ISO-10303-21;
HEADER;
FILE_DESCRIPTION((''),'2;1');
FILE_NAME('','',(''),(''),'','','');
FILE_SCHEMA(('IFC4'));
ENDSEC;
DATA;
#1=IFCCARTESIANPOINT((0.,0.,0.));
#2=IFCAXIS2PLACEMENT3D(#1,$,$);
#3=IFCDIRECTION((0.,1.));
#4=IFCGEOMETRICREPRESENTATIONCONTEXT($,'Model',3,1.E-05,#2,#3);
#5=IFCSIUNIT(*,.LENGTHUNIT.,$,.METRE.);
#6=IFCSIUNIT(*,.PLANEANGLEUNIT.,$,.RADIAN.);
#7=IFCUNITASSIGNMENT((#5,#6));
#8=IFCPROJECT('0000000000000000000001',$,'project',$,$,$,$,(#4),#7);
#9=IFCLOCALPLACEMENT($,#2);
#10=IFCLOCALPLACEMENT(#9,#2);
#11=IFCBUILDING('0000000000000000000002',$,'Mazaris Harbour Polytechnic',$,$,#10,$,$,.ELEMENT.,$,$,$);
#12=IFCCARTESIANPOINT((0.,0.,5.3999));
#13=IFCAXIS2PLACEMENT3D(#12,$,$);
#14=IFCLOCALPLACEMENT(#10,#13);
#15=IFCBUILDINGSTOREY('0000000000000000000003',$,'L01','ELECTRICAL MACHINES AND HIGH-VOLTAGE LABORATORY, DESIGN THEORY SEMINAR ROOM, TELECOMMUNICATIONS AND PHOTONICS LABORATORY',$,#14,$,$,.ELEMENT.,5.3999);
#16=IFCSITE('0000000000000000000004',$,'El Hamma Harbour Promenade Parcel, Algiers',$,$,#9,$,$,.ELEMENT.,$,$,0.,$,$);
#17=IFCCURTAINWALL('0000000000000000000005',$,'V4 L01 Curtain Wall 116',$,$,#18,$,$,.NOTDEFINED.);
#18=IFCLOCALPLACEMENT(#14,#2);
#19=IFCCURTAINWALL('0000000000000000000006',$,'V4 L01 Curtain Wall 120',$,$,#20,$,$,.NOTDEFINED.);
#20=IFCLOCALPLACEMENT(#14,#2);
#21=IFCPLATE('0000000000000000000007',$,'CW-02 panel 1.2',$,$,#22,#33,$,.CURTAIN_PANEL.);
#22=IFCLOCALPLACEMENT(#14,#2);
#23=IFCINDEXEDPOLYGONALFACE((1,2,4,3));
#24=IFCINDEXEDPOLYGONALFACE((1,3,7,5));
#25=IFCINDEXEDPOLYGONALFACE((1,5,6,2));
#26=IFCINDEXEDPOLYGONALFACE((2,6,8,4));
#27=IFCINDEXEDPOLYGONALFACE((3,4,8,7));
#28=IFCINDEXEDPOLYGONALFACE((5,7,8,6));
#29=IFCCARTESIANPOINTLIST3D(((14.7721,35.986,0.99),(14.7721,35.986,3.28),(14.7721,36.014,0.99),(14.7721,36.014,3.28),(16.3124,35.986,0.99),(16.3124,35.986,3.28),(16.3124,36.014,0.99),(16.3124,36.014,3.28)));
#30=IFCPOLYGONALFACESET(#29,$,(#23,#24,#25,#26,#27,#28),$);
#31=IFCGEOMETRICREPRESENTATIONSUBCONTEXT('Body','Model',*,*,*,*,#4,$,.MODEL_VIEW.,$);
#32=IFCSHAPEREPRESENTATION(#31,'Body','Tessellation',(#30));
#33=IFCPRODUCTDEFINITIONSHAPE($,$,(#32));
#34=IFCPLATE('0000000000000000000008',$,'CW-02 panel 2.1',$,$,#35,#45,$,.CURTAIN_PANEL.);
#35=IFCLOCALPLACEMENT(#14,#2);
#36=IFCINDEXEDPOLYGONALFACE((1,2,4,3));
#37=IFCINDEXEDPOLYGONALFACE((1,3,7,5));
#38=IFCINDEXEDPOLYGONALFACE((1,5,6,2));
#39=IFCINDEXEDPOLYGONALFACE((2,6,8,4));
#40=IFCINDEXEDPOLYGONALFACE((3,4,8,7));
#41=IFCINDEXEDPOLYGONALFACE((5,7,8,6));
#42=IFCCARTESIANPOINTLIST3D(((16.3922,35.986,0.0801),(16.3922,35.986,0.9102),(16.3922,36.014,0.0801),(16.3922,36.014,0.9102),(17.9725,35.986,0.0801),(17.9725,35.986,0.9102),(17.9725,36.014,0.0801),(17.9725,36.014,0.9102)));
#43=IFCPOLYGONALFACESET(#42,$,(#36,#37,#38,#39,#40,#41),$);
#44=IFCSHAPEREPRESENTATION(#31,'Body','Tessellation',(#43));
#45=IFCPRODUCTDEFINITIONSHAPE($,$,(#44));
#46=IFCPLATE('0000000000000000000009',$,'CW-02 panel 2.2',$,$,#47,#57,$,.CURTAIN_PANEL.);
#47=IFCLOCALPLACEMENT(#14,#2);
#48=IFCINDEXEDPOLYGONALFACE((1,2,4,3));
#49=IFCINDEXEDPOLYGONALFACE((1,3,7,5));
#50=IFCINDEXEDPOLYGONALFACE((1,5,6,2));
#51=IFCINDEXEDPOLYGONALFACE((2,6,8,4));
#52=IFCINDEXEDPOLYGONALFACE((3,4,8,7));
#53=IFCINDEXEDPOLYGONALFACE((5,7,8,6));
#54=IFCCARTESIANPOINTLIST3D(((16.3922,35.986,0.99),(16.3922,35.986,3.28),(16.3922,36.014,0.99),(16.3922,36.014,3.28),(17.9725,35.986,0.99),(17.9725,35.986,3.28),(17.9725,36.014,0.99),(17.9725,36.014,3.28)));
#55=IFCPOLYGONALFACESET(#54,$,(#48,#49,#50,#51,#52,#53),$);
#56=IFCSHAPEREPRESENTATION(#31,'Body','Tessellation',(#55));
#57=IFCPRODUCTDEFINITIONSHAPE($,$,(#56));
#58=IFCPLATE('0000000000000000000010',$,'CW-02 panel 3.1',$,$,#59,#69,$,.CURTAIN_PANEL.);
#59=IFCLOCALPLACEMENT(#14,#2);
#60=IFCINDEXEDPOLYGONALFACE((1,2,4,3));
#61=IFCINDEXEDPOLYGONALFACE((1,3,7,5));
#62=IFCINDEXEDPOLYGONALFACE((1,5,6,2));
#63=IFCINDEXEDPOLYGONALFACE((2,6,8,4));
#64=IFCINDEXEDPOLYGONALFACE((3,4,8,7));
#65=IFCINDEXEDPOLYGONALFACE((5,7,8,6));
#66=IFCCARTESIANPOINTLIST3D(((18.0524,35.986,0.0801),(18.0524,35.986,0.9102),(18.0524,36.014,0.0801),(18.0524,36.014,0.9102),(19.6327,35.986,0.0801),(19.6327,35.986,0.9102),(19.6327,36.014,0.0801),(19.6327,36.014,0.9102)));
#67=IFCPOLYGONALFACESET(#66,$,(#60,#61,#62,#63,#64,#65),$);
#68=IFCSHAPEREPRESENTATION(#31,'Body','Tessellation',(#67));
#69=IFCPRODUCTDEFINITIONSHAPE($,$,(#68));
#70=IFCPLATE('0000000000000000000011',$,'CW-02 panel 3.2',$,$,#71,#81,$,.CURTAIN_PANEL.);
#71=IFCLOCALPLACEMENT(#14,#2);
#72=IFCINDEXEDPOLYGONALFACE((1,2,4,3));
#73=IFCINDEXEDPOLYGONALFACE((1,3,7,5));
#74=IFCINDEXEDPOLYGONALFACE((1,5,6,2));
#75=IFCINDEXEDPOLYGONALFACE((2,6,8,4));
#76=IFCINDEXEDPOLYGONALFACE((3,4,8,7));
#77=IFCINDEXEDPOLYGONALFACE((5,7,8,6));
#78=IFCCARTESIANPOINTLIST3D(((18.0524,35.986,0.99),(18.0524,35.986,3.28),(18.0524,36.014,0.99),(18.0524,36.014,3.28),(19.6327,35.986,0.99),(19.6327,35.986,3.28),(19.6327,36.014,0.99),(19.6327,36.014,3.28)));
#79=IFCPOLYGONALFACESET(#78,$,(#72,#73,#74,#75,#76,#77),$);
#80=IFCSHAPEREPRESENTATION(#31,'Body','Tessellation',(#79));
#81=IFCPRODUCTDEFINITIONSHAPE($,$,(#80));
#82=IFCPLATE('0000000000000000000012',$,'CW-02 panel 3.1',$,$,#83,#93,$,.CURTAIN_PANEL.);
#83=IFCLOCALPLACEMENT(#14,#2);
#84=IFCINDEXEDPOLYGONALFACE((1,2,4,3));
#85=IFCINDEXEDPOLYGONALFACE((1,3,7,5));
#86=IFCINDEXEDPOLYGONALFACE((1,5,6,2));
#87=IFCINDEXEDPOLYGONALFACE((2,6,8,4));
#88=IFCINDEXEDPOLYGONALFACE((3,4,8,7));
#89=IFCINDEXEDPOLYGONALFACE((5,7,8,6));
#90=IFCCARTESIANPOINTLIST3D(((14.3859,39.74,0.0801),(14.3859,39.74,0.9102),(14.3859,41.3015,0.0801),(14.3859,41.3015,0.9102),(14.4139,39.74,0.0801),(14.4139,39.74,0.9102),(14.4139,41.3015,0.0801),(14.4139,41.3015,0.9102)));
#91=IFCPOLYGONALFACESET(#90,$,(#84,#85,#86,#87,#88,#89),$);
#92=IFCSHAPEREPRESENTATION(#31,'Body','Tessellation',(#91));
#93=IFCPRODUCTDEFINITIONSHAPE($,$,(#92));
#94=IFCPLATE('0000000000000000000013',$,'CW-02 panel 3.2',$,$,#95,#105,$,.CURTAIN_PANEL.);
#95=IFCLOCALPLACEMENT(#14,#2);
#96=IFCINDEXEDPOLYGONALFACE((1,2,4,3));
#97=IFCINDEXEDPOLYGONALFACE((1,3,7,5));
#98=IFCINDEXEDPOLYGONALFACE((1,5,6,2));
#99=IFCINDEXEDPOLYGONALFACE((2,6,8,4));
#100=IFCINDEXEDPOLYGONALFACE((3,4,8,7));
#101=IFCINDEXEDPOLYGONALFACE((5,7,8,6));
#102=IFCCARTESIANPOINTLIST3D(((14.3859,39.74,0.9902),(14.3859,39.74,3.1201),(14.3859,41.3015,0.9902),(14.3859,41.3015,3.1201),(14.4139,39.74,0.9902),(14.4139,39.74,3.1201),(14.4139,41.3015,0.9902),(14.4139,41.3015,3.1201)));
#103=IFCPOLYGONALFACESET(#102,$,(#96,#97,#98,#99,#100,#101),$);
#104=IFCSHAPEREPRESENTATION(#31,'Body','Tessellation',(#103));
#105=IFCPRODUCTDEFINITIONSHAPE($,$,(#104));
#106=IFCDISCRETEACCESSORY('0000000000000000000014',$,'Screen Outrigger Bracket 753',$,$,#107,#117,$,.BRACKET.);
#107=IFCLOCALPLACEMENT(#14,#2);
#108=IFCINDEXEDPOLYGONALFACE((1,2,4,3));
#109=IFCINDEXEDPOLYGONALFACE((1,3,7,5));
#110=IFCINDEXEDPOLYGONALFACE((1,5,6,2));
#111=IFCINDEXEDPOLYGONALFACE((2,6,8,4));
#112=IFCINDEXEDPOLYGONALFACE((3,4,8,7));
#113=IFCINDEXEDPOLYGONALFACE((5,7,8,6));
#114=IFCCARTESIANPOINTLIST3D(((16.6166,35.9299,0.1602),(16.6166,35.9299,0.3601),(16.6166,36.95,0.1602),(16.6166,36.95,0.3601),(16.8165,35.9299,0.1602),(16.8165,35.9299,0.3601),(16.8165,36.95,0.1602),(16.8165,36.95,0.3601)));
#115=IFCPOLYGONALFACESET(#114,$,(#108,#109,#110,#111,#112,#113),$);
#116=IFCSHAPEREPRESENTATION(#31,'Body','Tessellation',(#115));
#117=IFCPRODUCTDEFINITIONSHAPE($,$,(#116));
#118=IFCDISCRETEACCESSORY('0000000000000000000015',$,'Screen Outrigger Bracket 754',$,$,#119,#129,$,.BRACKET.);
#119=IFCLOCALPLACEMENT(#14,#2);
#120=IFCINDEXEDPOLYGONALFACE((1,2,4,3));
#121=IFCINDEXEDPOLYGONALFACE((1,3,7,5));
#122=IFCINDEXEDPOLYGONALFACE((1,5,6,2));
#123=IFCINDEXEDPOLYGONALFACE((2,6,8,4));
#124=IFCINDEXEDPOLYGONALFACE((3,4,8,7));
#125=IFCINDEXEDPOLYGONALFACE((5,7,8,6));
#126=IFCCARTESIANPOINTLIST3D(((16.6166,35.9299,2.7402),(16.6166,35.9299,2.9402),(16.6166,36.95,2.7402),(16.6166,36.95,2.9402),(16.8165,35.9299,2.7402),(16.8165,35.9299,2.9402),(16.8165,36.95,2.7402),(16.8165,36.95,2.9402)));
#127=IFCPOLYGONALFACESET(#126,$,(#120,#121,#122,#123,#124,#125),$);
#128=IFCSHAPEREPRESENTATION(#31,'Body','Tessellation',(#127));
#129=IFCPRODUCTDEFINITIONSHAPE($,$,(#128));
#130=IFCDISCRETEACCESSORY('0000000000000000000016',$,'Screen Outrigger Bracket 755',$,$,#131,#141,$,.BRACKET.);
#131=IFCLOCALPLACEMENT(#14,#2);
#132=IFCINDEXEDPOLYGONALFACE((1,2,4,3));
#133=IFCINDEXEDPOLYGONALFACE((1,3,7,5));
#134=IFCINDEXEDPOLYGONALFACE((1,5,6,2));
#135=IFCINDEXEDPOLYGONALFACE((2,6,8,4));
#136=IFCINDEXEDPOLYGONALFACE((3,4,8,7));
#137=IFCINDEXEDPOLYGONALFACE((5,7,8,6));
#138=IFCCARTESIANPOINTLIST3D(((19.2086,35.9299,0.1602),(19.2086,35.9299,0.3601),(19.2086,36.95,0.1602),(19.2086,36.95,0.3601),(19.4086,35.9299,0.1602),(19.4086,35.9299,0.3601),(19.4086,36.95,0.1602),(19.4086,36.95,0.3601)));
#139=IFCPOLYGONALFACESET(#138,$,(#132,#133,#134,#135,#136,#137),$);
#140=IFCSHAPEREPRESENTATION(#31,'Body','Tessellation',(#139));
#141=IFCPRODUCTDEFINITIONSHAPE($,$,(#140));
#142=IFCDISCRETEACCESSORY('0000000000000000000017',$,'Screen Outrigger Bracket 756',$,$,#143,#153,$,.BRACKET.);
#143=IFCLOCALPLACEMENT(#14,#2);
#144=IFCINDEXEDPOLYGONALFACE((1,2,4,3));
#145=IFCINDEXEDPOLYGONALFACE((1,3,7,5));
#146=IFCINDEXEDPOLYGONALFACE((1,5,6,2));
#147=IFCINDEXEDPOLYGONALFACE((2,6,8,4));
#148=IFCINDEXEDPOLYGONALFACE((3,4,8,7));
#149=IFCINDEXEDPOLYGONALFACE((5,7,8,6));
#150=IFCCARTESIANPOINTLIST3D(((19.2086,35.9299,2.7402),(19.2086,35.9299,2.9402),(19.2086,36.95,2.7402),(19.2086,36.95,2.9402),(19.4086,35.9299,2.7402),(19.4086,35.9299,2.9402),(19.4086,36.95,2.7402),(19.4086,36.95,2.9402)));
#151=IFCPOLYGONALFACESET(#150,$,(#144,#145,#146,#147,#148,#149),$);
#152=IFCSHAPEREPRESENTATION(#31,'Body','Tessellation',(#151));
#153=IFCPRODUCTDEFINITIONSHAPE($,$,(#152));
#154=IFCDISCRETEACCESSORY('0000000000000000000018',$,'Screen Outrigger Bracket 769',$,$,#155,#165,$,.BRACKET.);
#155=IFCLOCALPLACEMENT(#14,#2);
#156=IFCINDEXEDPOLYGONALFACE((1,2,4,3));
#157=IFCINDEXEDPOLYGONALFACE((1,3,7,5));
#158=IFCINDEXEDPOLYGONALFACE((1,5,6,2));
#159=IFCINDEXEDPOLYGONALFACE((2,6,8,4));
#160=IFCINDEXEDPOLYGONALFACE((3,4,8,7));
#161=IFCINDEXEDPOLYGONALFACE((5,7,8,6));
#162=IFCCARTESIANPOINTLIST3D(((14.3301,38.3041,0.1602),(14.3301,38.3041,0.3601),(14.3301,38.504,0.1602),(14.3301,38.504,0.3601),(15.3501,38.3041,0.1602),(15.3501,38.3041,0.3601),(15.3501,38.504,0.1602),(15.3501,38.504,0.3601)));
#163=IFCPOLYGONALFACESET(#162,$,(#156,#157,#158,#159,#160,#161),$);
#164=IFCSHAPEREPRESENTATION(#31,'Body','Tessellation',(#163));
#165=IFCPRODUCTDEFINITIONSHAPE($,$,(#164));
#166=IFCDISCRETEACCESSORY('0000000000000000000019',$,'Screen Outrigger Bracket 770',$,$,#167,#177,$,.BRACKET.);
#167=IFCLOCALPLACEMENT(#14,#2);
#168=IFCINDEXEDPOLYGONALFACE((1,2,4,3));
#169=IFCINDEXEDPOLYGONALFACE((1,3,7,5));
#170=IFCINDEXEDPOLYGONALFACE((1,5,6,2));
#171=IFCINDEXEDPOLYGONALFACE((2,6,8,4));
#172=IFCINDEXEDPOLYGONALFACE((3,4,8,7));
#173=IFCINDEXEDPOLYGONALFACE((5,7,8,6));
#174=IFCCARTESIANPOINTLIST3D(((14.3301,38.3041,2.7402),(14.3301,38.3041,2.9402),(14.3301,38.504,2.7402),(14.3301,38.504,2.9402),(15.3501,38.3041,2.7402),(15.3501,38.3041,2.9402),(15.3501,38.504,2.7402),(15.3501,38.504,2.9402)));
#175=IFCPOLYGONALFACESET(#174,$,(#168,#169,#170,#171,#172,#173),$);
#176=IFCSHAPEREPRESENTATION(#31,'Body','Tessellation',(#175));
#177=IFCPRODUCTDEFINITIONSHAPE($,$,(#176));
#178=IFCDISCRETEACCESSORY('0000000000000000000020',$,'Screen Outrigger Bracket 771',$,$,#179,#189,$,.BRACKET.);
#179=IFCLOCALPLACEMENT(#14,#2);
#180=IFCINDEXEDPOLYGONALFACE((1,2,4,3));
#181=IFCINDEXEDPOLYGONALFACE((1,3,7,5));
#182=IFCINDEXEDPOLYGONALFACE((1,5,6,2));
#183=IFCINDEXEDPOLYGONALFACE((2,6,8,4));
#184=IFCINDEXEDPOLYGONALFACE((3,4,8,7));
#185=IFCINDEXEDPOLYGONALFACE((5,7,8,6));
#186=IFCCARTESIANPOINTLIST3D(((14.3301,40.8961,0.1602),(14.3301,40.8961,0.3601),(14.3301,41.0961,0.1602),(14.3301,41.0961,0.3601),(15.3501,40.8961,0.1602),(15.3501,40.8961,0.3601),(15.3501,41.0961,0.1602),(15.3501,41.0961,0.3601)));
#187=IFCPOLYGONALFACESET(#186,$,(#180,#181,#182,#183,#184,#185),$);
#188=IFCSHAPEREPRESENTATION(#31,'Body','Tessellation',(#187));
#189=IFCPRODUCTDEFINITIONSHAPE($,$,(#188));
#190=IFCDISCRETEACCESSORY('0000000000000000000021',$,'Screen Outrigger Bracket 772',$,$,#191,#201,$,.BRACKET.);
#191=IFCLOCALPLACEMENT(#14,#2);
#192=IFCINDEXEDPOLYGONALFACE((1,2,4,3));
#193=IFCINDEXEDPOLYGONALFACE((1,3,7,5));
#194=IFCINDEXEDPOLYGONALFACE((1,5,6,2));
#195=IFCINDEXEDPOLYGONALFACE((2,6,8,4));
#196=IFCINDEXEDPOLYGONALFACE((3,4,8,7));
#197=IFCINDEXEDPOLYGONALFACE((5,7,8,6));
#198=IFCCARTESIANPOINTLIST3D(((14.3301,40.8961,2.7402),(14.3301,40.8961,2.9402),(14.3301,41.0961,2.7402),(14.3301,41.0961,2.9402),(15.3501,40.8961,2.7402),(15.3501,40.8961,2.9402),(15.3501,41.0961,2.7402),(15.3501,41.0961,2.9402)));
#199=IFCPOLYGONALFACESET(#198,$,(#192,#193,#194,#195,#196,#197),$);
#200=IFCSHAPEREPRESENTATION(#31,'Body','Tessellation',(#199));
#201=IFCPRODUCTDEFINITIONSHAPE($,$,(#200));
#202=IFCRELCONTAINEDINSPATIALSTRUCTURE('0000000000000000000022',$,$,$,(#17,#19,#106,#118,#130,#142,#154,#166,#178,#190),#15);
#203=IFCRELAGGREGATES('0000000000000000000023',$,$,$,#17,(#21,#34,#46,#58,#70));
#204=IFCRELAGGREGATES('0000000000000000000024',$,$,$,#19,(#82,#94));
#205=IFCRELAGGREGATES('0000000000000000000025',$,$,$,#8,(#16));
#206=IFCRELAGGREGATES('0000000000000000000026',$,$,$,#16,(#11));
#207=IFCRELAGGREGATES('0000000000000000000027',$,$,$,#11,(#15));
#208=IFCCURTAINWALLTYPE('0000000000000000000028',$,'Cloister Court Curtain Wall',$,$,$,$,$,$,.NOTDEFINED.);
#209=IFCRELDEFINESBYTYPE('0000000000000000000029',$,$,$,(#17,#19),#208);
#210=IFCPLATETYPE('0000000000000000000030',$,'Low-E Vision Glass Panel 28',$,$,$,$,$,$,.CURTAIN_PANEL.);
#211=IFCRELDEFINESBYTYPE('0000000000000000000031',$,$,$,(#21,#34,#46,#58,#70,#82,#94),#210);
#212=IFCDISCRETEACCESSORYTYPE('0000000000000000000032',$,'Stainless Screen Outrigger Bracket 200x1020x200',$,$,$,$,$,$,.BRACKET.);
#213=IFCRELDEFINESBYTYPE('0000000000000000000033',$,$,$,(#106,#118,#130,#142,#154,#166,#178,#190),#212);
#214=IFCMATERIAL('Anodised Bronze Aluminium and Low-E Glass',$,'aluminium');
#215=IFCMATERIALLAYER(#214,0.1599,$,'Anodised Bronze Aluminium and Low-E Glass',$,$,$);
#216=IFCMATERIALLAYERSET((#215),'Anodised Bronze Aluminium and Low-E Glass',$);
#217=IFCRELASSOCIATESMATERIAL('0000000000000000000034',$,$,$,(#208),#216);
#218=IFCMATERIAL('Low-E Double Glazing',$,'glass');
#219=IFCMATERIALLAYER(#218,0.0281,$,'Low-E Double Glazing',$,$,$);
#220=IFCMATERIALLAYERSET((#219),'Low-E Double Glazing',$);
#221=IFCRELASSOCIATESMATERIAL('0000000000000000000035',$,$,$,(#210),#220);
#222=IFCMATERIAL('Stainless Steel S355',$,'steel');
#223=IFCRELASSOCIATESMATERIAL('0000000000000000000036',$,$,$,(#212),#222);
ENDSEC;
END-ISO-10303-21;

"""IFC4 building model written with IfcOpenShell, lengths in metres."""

from ifc_helpers import new_model, si_unit, direction, frame, origin, origin_2d, place, context, subcontext, project, spatial, rectangle, extrude, material, layer, layer_set, type_object, element, aggregate, save


model = new_model("IFC4")

# Units and contexts
model_context = context("Model", 3, precision=1e-05, world=origin(), true_north=direction((0.0, 1.0)))
body_context = subcontext(model_context, "Body", "Model", "MODEL_VIEW")
ifc_project = project(units=[si_unit("LENGTHUNIT", "METRE"), si_unit("PLANEANGLEUNIT", "RADIAN")], contexts=[model_context])

# Site, building, storey
site_placement = place(None, origin())
site = spatial("IfcSite", under=ifc_project, at=site_placement, Name="El Hamma Harbour Promenade Parcel, Algiers", CompositionType="ELEMENT", RefElevation=0.0)
building_placement = place(site_placement, origin())
building = spatial("IfcBuilding", under=site, at=building_placement, Name="Mazaris Harbour Polytechnic", CompositionType="ELEMENT")
storey_placement = place(building_placement, frame((0.0, 0.0, 5.3999)))
storey = spatial("IfcBuildingStorey", under=building, at=storey_placement, Name="L01", Description="ELECTRICAL MACHINES AND HIGH-VOLTAGE LABORATORY, DESIGN THEORY SEMINAR ROOM, TELECOMMUNICATIONS AND PHOTONICS LABORATORY", CompositionType="ELEMENT", Elevation=5.3999)

# Curtain wall
ifc_material_1 = material(Name="Anodised Bronze Aluminium and Low-E Glass", Category="aluminium")
ifc_layer_1 = layer(ifc_material_1, 0.1599, Name="Anodised Bronze Aluminium and Low-E Glass")
ifc_layer_set_1 = layer_set([ifc_layer_1], Name="Anodised Bronze Aluminium and Low-E Glass")
curtain_wall_type = type_object("IfcCurtainWallType", Name="Cloister Court Curtain Wall", PredefinedType="NOTDEFINED", material=ifc_layer_set_1)
curtain_wall_1_placement = place(storey_placement, origin())
curtain_wall_1 = element("IfcCurtainWall", 1, at=curtain_wall_1_placement, inside=storey, type_object=curtain_wall_type, Name="V4 L01 Curtain Wall 116", PredefinedType="NOTDEFINED")

# Curtain wall
curtain_wall_2_placement = place(storey_placement, origin())
curtain_wall_2 = element("IfcCurtainWall", 2, at=curtain_wall_2_placement, inside=storey, type_object=curtain_wall_type, Name="V4 L01 Curtain Wall 120", PredefinedType="NOTDEFINED")

# Plates
ifc_material_2 = material(Name="Low-E Double Glazing", Category="glass")
ifc_layer_2 = layer(ifc_material_2, 0.0281, Name="Low-E Double Glazing")
ifc_layer_set_2 = layer_set([ifc_layer_2], Name="Low-E Double Glazing")
plate_type = type_object("IfcPlateType", Name="Low-E Vision Glass Panel 28", PredefinedType="CURTAIN_PANEL", material=ifc_layer_set_2)
plate_1_placement = place(storey_placement, frame((15.5422, 36.0, 0.99), z_axis=(0.0, 0.0, 1.0), x_axis=(1.0, 0.0, 0.0)))
plate_1 = element("IfcPlate", 3, at=plate_1_placement, type_object=plate_type, Name="CW-02 panel 1.2", PredefinedType="CURTAIN_PANEL", context=body_context, shape_type="SweptSolid", body=[
    extrude(rectangle(XDim=1.5403, YDim=0.0281, at=origin_2d()), origin(), (0.0, 0.0, 1.0), 2.29),
])
plate_2_placement = place(storey_placement, frame((17.1824, 36.0, 0.0801), z_axis=(0.0, 0.0, 1.0), x_axis=(1.0, 0.0, 0.0)))
plate_2 = element("IfcPlate", 4, at=plate_2_placement, type_object=plate_type, Name="CW-02 panel 2.1", PredefinedType="CURTAIN_PANEL", context=body_context, shape_type="SweptSolid", body=[
    extrude(rectangle(XDim=1.5803, YDim=0.0281, at=origin_2d()), origin(), (0.0, 0.0, 1.0), 0.8301),
])
plate_3_placement = place(storey_placement, frame((17.1824, 36.0, 0.99), z_axis=(0.0, 0.0, 1.0), x_axis=(1.0, 0.0, 0.0)))
plate_3 = element("IfcPlate", 5, at=plate_3_placement, type_object=plate_type, Name="CW-02 panel 2.2", PredefinedType="CURTAIN_PANEL", context=body_context, shape_type="SweptSolid", body=[
    extrude(rectangle(XDim=1.5803, YDim=0.0281, at=origin_2d()), origin(), (0.0, 0.0, 1.0), 2.29),
])
plate_4_placement = place(storey_placement, frame((18.8425, 36.0, 0.0801), z_axis=(0.0, 0.0, 1.0), x_axis=(1.0, 0.0, 0.0)))
plate_4 = element("IfcPlate", 6, at=plate_4_placement, type_object=plate_type, Name="CW-02 panel 3.1", PredefinedType="CURTAIN_PANEL", context=body_context, shape_type="SweptSolid", body=[
    extrude(rectangle(XDim=1.5803, YDim=0.0281, at=origin_2d()), origin(), (0.0, 0.0, 1.0), 0.8301),
])
plate_5_placement = place(storey_placement, frame((18.8425, 36.0, 0.99), z_axis=(0.0, 0.0, 1.0), x_axis=(1.0, 0.0, 0.0)))
plate_5 = element("IfcPlate", 7, at=plate_5_placement, type_object=plate_type, Name="CW-02 panel 3.2", PredefinedType="CURTAIN_PANEL", context=body_context, shape_type="SweptSolid", body=[
    extrude(rectangle(XDim=1.5803, YDim=0.0281, at=origin_2d()), origin(), (0.0, 0.0, 1.0), 2.29),
])
aggregate(curtain_wall_1, [plate_1, plate_2, plate_3, plate_4, plate_5])
plate_6_placement = place(storey_placement, frame((14.3999, 40.5208, 0.0801), z_axis=(0.0, 0.0, 1.0), x_axis=(0.0, 1.0, 0.0)))
plate_6 = element("IfcPlate", 8, at=plate_6_placement, type_object=plate_type, Name="CW-02 panel 3.1", PredefinedType="CURTAIN_PANEL", context=body_context, shape_type="SweptSolid", body=[
    extrude(rectangle(XDim=1.5615, YDim=0.0281, at=origin_2d()), origin(), (0.0, 0.0, 1.0), 0.8301),
])
plate_7_placement = place(storey_placement, frame((14.3999, 40.5208, 0.9902), z_axis=(0.0, 0.0, 1.0), x_axis=(0.0, 1.0, 0.0)))
plate_7 = element("IfcPlate", 9, at=plate_7_placement, type_object=plate_type, Name="CW-02 panel 3.2", PredefinedType="CURTAIN_PANEL", context=body_context, shape_type="SweptSolid", body=[
    extrude(rectangle(XDim=1.5615, YDim=0.0281, at=origin_2d()), origin(), (0.0, 0.0, 1.0), 2.1299),
])
aggregate(curtain_wall_2, [plate_6, plate_7])

# Discrete accessories
ifc_material_3 = material(Name="Stainless Steel S355", Category="steel")
discrete_accessory_type = type_object("IfcDiscreteAccessoryType", Name="Stainless Screen Outrigger Bracket 200x1020x200", PredefinedType="BRACKET", material=ifc_material_3)
for number, where, z_axis, x_axis, name in (
    (10, (16.7166, 36.4399, 0.1602), (0.0, 0.0, 1.0), (1.0, 0.0, 0.0), "Screen Outrigger Bracket 753"),
    (11, (16.7166, 36.4399, 2.7402), (0.0, 0.0, 1.0), (1.0, 0.0, 0.0), "Screen Outrigger Bracket 754"),
    (12, (19.3086, 36.4399, 0.1602), (0.0, 0.0, 1.0), (1.0, 0.0, 0.0), "Screen Outrigger Bracket 755"),
    (13, (19.3086, 36.4399, 2.7402), (0.0, 0.0, 1.0), (1.0, 0.0, 0.0), "Screen Outrigger Bracket 756"),
    (14, (14.8401, 38.4041, 0.1602), (0.0, 0.0, 1.0), (0.0, 1.0, 0.0), "Screen Outrigger Bracket 769"),
    (15, (14.8401, 38.4041, 2.7402), (0.0, 0.0, 1.0), (0.0, 1.0, 0.0), "Screen Outrigger Bracket 770"),
    (16, (14.8401, 40.9961, 0.1602), (0.0, 0.0, 1.0), (0.0, 1.0, 0.0), "Screen Outrigger Bracket 771"),
    (17, (14.8401, 40.9961, 2.7402), (0.0, 0.0, 1.0), (0.0, 1.0, 0.0), "Screen Outrigger Bracket 772"),
):
    element("IfcDiscreteAccessory", number, at=place(storey_placement, frame(where, z_axis=z_axis, x_axis=x_axis)), inside=storey, type_object=discrete_accessory_type, Name=name, PredefinedType="BRACKET", context=body_context, shape_type="SweptSolid", body=[
        extrude(rectangle(XDim=0.2, YDim=1.02, at=origin_2d()), origin(), (0.0, 0.0, 1.0), 0.2),
    ])

save(model, "model.ifc")
